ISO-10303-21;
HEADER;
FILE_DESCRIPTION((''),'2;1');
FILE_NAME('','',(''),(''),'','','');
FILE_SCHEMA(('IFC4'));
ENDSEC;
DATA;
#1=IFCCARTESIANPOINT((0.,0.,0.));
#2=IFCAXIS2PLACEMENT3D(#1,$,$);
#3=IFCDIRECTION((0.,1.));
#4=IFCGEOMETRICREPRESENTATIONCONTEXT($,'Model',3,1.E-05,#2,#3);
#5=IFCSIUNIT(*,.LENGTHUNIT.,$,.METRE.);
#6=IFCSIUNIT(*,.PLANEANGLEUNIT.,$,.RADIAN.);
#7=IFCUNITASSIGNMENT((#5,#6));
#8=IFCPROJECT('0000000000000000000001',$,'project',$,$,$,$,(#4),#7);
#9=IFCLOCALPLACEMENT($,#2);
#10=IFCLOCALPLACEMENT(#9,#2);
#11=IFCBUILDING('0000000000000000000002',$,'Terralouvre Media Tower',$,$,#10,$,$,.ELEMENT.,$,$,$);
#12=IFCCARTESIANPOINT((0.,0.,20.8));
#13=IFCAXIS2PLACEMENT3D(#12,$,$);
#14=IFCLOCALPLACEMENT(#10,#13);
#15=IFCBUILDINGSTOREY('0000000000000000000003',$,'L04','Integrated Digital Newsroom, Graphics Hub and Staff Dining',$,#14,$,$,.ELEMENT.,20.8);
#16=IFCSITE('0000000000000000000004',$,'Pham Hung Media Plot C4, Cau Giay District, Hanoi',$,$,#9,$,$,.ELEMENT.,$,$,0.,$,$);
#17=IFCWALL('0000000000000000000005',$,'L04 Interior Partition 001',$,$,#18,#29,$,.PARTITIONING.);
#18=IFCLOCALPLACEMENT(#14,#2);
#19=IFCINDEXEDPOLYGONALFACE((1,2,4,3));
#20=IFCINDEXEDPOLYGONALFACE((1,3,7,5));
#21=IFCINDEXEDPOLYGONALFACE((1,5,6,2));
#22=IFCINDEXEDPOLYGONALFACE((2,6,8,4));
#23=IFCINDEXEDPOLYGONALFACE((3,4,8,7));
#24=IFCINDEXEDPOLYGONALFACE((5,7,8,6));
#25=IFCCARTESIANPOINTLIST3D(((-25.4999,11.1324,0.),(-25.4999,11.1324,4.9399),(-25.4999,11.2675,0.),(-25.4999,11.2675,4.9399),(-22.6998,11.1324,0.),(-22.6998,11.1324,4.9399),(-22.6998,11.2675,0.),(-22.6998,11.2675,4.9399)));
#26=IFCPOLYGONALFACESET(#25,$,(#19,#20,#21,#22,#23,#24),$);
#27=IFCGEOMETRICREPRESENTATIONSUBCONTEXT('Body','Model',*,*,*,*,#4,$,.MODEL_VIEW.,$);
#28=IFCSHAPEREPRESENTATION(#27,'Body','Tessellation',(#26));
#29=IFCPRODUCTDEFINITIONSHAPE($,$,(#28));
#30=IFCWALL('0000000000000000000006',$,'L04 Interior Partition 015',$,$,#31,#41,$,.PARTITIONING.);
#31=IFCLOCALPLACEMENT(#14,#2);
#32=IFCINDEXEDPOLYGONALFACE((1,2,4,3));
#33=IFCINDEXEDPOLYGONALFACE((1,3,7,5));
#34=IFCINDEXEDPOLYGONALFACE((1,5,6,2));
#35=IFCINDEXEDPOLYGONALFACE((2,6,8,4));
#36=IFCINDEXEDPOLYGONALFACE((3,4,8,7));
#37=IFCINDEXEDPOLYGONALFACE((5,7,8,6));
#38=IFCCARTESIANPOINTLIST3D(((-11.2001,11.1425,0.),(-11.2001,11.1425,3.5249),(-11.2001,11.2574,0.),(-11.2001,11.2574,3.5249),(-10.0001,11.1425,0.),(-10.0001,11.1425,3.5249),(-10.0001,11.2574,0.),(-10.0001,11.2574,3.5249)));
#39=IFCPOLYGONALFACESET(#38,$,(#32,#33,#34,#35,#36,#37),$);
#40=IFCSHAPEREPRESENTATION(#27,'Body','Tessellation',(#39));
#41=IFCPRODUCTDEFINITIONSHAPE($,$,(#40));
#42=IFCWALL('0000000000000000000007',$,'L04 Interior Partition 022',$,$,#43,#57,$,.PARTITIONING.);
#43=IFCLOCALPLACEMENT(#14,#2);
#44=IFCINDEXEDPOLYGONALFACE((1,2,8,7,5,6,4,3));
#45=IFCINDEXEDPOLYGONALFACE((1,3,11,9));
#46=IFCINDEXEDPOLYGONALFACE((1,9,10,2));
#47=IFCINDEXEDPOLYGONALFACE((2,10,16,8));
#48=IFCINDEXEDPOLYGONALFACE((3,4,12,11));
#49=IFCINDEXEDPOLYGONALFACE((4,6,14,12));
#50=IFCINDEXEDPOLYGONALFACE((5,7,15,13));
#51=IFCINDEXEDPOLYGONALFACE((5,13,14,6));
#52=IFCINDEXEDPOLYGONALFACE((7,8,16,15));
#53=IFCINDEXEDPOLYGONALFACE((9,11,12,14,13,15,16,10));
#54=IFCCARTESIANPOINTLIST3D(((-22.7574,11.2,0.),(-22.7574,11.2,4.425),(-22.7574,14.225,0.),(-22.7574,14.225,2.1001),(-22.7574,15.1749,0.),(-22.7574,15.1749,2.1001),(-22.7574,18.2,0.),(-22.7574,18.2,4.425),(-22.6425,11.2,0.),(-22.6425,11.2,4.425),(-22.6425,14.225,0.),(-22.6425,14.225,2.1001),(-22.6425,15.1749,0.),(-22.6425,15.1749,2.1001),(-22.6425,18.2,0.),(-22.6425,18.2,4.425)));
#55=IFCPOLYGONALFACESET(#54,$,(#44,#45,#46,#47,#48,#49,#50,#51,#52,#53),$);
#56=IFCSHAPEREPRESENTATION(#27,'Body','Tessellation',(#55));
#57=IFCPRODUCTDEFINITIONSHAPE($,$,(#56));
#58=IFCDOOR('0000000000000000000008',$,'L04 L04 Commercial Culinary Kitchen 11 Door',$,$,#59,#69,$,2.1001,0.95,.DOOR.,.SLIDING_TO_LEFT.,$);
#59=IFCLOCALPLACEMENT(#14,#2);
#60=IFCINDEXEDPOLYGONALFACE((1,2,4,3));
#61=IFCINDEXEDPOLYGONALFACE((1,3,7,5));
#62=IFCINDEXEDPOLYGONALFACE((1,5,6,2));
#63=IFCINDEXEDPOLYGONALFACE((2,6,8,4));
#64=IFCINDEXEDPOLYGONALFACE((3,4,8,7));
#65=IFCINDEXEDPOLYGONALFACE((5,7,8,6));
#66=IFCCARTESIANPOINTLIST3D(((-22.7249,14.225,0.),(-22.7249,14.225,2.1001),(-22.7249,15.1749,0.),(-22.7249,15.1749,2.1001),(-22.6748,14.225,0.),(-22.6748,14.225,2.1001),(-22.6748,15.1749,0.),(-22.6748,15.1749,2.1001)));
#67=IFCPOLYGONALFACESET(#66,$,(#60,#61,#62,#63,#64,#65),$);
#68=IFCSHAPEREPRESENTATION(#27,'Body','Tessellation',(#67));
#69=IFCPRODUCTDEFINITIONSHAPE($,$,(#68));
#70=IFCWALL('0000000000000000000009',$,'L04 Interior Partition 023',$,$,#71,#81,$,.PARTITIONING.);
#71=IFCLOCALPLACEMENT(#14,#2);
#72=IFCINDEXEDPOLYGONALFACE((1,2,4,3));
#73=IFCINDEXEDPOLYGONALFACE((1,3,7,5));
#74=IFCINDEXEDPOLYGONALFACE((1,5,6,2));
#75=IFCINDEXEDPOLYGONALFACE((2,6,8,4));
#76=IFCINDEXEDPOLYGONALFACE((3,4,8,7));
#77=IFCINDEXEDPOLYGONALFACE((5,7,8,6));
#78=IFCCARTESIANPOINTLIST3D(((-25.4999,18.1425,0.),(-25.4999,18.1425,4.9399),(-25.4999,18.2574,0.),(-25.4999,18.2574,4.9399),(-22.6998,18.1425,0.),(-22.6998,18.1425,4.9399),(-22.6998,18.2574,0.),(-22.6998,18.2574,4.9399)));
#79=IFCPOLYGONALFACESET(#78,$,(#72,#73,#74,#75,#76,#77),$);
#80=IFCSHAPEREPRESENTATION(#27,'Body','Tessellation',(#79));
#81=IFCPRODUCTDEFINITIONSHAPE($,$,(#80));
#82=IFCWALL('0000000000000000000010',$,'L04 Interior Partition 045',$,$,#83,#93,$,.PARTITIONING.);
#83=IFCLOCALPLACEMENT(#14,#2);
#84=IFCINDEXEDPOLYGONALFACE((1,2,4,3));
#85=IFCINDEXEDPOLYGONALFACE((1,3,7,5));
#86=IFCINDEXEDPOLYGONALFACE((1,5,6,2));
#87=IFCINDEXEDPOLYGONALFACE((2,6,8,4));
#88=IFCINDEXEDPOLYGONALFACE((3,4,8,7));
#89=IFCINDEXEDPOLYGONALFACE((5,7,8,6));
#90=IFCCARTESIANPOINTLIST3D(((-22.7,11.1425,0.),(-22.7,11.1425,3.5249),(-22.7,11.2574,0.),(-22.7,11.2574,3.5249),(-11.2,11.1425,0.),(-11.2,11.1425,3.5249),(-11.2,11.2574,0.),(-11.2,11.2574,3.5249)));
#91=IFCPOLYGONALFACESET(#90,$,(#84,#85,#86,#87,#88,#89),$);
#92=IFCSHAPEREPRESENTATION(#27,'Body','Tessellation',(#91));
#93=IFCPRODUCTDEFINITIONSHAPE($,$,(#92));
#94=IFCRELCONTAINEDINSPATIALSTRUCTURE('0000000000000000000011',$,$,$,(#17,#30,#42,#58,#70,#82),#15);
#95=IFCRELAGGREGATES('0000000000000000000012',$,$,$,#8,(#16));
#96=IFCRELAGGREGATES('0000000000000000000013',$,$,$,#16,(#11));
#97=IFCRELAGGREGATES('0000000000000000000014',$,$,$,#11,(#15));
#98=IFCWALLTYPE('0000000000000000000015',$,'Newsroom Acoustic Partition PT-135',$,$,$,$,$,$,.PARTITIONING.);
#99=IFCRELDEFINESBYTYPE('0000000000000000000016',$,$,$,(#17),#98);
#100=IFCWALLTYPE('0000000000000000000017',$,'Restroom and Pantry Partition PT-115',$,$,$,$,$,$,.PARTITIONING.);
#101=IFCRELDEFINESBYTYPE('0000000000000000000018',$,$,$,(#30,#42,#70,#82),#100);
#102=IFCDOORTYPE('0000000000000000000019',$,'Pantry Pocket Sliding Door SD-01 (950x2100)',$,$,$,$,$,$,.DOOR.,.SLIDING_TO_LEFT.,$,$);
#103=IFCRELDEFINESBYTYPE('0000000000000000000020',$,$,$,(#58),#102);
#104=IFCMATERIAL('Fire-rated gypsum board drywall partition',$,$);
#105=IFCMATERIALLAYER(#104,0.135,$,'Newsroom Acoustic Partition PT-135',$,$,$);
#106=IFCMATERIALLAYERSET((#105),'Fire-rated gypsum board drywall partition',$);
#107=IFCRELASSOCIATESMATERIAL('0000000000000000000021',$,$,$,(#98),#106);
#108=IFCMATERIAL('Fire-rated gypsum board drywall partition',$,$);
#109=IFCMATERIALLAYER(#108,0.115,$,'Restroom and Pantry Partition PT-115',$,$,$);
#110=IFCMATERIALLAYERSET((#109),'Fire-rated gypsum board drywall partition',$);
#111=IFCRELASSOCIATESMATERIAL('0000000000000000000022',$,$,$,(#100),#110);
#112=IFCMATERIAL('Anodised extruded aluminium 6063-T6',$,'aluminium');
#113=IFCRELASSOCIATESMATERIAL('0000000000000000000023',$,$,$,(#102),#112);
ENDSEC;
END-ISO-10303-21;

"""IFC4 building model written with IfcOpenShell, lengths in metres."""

from ifc_helpers import new_model, si_unit, direction, frame, frame_2d, origin, place, context, subcontext, project, spatial, rectangle, extrude, material, layer, layer_set, type_object, element, fill, save


model = new_model("IFC4")

# Units and contexts
model_context = context("Model", 3, precision=1e-05, world=origin(), true_north=direction((0.0, 1.0)))
body_context = subcontext(model_context, "Body", "Model", "MODEL_VIEW")
ifc_project = project(units=[si_unit("LENGTHUNIT", "METRE"), si_unit("PLANEANGLEUNIT", "RADIAN")], contexts=[model_context])

# Site, building, storey
site_placement = place(None, origin())
site = spatial("IfcSite", under=ifc_project, at=site_placement, Name="Pham Hung Media Plot C4, Cau Giay District, Hanoi", CompositionType="ELEMENT", RefElevation=0.0)
building_placement = place(site_placement, origin())
building = spatial("IfcBuilding", under=site, at=building_placement, Name="Terralouvre Media Tower", CompositionType="ELEMENT")
storey_placement = place(building_placement, frame((0.0, 0.0, 20.8)))
storey = spatial("IfcBuildingStorey", under=building, at=storey_placement, Name="L04", Description="Integrated Digital Newsroom, Graphics Hub and Staff Dining", CompositionType="ELEMENT", Elevation=20.8)

# Walls
ifc_material_1 = material(Name="Fire-rated gypsum board drywall partition")
ifc_layer_1 = layer(ifc_material_1, 0.135, Name="Newsroom Acoustic Partition PT-135")
ifc_layer_set_1 = layer_set([ifc_layer_1], Name="Fire-rated gypsum board drywall partition")
wall_type_1 = type_object("IfcWallType", Name="Newsroom Acoustic Partition PT-135", PredefinedType="PARTITIONING", material=ifc_layer_set_1)
wall_1_placement = place(storey_placement, frame((-22.7, 11.2, 0.0), z_axis=(0.0, 0.0, 1.0), x_axis=(-1.0, 0.0, 0.0)))
element("IfcWall", 1, at=wall_1_placement, inside=storey, type_object=wall_type_1, Name="L04 Interior Partition 001", PredefinedType="PARTITIONING", context=body_context, shape_type="SweptSolid", body=[
    extrude(rectangle(XDim=2.8, YDim=0.135, at=frame_2d((1.3999, 0.0))), origin(), (0.0, 0.0, 1.0), 4.9399),
])
ifc_material_2 = material(Name="Fire-rated gypsum board drywall partition")
ifc_layer_2 = layer(ifc_material_2, 0.115, Name="Restroom and Pantry Partition PT-115")
ifc_layer_set_2 = layer_set([ifc_layer_2], Name="Fire-rated gypsum board drywall partition")
wall_type_2 = type_object("IfcWallType", Name="Restroom and Pantry Partition PT-115", PredefinedType="PARTITIONING", material=ifc_layer_set_2)
wall_2_placement = place(storey_placement, frame((-10.0, 11.2, 0.0), z_axis=(0.0, 0.0, 1.0), x_axis=(-1.0, 0.0, 0.0)))
element("IfcWall", 2, at=wall_2_placement, inside=storey, type_object=wall_type_2, Name="L04 Interior Partition 015", PredefinedType="PARTITIONING", context=body_context, shape_type="SweptSolid", body=[
    extrude(rectangle(XDim=1.2, YDim=0.115, at=frame_2d((0.6001, 0.0))), origin(), (0.0, 0.0, 1.0), 3.5249),
])

# Wall, opening, door
wall_3_placement = place(storey_placement, frame((-22.7, 11.2, 0.0), z_axis=(0.0, 0.0, 1.0), x_axis=(0.0, 1.0, 0.0)))
wall_3 = element("IfcWall", 3, at=wall_3_placement, inside=storey, type_object=wall_type_2, Name="L04 Interior Partition 022", PredefinedType="PARTITIONING", context=body_context, shape_type="SweptSolid", body=[
    extrude(rectangle(XDim=7.0, YDim=0.115, at=frame_2d((3.5, 0.0))), origin(), (0.0, 0.0, 1.0), 4.425),
])
opening_1_placement = place(wall_3_placement, frame((3.0249, 0.0, 0.0)))
opening_1 = element("IfcOpeningElement", 4, at=opening_1_placement, cuts=wall_3, PredefinedType="OPENING", context=body_context, shape_type="SweptSolid", body=[
    extrude(rectangle(XDim=0.95, YDim=2.1001, at=frame_2d((0.4751, 1.05))), frame((0.0, 0.0674, 0.0), z_axis=(0.0, -1.0, 0.0), x_axis=(1.0, 0.0, 0.0)), (0.0, 0.0, 1.0), 0.135),
])
ifc_material_3 = material(Name="Anodised extruded aluminium 6063-T6", Category="aluminium")
door_type_1 = type_object("IfcDoorType", Name="Pantry Pocket Sliding Door SD-01 (950x2100)", OperationType="SLIDING_TO_LEFT", PredefinedType="DOOR", material=ifc_material_3)
door_1_placement = place(opening_1_placement, origin())
door_1 = element("IfcDoor", 5, at=door_1_placement, inside=storey, type_object=door_type_1, Name="L04 L04 Commercial Culinary Kitchen 11 Door", OperationType="SLIDING_TO_LEFT", OverallHeight=2.1001, OverallWidth=0.95, PredefinedType="DOOR", context=body_context, shape_type="SweptSolid", body=[
    extrude(rectangle(XDim=0.95, YDim=2.1001, at=frame_2d((0.4751, 1.05))), frame((0.0, 0.0249, 0.0), z_axis=(0.0, -1.0, 0.0), x_axis=(1.0, 0.0, 0.0)), (0.0, 0.0, 1.0), 0.05),
])
fill(opening_1, door_1)

# Walls
wall_4_placement = place(storey_placement, frame((-22.7, 18.2, 0.0), z_axis=(0.0, 0.0, 1.0), x_axis=(-1.0, 0.0, 0.0)))
element("IfcWall", 6, at=wall_4_placement, inside=storey, type_object=wall_type_2, Name="L04 Interior Partition 023", PredefinedType="PARTITIONING", context=body_context, shape_type="SweptSolid", body=[
    extrude(rectangle(XDim=2.8, YDim=0.115, at=frame_2d((1.3999, 0.0))), origin(), (0.0, 0.0, 1.0), 4.9399),
])
wall_5_placement = place(storey_placement, frame((-22.7, 11.2, 0.0), z_axis=(0.0, 0.0, 1.0), x_axis=(1.0, 0.0, 0.0)))
element("IfcWall", 7, at=wall_5_placement, inside=storey, type_object=wall_type_2, Name="L04 Interior Partition 045", PredefinedType="PARTITIONING", context=body_context, shape_type="SweptSolid", body=[
    extrude(rectangle(XDim=11.5, YDim=0.115, at=frame_2d((5.75, 0.0))), origin(), (0.0, 0.0, 1.0), 3.5249),
])

save(model, "model.ifc")
